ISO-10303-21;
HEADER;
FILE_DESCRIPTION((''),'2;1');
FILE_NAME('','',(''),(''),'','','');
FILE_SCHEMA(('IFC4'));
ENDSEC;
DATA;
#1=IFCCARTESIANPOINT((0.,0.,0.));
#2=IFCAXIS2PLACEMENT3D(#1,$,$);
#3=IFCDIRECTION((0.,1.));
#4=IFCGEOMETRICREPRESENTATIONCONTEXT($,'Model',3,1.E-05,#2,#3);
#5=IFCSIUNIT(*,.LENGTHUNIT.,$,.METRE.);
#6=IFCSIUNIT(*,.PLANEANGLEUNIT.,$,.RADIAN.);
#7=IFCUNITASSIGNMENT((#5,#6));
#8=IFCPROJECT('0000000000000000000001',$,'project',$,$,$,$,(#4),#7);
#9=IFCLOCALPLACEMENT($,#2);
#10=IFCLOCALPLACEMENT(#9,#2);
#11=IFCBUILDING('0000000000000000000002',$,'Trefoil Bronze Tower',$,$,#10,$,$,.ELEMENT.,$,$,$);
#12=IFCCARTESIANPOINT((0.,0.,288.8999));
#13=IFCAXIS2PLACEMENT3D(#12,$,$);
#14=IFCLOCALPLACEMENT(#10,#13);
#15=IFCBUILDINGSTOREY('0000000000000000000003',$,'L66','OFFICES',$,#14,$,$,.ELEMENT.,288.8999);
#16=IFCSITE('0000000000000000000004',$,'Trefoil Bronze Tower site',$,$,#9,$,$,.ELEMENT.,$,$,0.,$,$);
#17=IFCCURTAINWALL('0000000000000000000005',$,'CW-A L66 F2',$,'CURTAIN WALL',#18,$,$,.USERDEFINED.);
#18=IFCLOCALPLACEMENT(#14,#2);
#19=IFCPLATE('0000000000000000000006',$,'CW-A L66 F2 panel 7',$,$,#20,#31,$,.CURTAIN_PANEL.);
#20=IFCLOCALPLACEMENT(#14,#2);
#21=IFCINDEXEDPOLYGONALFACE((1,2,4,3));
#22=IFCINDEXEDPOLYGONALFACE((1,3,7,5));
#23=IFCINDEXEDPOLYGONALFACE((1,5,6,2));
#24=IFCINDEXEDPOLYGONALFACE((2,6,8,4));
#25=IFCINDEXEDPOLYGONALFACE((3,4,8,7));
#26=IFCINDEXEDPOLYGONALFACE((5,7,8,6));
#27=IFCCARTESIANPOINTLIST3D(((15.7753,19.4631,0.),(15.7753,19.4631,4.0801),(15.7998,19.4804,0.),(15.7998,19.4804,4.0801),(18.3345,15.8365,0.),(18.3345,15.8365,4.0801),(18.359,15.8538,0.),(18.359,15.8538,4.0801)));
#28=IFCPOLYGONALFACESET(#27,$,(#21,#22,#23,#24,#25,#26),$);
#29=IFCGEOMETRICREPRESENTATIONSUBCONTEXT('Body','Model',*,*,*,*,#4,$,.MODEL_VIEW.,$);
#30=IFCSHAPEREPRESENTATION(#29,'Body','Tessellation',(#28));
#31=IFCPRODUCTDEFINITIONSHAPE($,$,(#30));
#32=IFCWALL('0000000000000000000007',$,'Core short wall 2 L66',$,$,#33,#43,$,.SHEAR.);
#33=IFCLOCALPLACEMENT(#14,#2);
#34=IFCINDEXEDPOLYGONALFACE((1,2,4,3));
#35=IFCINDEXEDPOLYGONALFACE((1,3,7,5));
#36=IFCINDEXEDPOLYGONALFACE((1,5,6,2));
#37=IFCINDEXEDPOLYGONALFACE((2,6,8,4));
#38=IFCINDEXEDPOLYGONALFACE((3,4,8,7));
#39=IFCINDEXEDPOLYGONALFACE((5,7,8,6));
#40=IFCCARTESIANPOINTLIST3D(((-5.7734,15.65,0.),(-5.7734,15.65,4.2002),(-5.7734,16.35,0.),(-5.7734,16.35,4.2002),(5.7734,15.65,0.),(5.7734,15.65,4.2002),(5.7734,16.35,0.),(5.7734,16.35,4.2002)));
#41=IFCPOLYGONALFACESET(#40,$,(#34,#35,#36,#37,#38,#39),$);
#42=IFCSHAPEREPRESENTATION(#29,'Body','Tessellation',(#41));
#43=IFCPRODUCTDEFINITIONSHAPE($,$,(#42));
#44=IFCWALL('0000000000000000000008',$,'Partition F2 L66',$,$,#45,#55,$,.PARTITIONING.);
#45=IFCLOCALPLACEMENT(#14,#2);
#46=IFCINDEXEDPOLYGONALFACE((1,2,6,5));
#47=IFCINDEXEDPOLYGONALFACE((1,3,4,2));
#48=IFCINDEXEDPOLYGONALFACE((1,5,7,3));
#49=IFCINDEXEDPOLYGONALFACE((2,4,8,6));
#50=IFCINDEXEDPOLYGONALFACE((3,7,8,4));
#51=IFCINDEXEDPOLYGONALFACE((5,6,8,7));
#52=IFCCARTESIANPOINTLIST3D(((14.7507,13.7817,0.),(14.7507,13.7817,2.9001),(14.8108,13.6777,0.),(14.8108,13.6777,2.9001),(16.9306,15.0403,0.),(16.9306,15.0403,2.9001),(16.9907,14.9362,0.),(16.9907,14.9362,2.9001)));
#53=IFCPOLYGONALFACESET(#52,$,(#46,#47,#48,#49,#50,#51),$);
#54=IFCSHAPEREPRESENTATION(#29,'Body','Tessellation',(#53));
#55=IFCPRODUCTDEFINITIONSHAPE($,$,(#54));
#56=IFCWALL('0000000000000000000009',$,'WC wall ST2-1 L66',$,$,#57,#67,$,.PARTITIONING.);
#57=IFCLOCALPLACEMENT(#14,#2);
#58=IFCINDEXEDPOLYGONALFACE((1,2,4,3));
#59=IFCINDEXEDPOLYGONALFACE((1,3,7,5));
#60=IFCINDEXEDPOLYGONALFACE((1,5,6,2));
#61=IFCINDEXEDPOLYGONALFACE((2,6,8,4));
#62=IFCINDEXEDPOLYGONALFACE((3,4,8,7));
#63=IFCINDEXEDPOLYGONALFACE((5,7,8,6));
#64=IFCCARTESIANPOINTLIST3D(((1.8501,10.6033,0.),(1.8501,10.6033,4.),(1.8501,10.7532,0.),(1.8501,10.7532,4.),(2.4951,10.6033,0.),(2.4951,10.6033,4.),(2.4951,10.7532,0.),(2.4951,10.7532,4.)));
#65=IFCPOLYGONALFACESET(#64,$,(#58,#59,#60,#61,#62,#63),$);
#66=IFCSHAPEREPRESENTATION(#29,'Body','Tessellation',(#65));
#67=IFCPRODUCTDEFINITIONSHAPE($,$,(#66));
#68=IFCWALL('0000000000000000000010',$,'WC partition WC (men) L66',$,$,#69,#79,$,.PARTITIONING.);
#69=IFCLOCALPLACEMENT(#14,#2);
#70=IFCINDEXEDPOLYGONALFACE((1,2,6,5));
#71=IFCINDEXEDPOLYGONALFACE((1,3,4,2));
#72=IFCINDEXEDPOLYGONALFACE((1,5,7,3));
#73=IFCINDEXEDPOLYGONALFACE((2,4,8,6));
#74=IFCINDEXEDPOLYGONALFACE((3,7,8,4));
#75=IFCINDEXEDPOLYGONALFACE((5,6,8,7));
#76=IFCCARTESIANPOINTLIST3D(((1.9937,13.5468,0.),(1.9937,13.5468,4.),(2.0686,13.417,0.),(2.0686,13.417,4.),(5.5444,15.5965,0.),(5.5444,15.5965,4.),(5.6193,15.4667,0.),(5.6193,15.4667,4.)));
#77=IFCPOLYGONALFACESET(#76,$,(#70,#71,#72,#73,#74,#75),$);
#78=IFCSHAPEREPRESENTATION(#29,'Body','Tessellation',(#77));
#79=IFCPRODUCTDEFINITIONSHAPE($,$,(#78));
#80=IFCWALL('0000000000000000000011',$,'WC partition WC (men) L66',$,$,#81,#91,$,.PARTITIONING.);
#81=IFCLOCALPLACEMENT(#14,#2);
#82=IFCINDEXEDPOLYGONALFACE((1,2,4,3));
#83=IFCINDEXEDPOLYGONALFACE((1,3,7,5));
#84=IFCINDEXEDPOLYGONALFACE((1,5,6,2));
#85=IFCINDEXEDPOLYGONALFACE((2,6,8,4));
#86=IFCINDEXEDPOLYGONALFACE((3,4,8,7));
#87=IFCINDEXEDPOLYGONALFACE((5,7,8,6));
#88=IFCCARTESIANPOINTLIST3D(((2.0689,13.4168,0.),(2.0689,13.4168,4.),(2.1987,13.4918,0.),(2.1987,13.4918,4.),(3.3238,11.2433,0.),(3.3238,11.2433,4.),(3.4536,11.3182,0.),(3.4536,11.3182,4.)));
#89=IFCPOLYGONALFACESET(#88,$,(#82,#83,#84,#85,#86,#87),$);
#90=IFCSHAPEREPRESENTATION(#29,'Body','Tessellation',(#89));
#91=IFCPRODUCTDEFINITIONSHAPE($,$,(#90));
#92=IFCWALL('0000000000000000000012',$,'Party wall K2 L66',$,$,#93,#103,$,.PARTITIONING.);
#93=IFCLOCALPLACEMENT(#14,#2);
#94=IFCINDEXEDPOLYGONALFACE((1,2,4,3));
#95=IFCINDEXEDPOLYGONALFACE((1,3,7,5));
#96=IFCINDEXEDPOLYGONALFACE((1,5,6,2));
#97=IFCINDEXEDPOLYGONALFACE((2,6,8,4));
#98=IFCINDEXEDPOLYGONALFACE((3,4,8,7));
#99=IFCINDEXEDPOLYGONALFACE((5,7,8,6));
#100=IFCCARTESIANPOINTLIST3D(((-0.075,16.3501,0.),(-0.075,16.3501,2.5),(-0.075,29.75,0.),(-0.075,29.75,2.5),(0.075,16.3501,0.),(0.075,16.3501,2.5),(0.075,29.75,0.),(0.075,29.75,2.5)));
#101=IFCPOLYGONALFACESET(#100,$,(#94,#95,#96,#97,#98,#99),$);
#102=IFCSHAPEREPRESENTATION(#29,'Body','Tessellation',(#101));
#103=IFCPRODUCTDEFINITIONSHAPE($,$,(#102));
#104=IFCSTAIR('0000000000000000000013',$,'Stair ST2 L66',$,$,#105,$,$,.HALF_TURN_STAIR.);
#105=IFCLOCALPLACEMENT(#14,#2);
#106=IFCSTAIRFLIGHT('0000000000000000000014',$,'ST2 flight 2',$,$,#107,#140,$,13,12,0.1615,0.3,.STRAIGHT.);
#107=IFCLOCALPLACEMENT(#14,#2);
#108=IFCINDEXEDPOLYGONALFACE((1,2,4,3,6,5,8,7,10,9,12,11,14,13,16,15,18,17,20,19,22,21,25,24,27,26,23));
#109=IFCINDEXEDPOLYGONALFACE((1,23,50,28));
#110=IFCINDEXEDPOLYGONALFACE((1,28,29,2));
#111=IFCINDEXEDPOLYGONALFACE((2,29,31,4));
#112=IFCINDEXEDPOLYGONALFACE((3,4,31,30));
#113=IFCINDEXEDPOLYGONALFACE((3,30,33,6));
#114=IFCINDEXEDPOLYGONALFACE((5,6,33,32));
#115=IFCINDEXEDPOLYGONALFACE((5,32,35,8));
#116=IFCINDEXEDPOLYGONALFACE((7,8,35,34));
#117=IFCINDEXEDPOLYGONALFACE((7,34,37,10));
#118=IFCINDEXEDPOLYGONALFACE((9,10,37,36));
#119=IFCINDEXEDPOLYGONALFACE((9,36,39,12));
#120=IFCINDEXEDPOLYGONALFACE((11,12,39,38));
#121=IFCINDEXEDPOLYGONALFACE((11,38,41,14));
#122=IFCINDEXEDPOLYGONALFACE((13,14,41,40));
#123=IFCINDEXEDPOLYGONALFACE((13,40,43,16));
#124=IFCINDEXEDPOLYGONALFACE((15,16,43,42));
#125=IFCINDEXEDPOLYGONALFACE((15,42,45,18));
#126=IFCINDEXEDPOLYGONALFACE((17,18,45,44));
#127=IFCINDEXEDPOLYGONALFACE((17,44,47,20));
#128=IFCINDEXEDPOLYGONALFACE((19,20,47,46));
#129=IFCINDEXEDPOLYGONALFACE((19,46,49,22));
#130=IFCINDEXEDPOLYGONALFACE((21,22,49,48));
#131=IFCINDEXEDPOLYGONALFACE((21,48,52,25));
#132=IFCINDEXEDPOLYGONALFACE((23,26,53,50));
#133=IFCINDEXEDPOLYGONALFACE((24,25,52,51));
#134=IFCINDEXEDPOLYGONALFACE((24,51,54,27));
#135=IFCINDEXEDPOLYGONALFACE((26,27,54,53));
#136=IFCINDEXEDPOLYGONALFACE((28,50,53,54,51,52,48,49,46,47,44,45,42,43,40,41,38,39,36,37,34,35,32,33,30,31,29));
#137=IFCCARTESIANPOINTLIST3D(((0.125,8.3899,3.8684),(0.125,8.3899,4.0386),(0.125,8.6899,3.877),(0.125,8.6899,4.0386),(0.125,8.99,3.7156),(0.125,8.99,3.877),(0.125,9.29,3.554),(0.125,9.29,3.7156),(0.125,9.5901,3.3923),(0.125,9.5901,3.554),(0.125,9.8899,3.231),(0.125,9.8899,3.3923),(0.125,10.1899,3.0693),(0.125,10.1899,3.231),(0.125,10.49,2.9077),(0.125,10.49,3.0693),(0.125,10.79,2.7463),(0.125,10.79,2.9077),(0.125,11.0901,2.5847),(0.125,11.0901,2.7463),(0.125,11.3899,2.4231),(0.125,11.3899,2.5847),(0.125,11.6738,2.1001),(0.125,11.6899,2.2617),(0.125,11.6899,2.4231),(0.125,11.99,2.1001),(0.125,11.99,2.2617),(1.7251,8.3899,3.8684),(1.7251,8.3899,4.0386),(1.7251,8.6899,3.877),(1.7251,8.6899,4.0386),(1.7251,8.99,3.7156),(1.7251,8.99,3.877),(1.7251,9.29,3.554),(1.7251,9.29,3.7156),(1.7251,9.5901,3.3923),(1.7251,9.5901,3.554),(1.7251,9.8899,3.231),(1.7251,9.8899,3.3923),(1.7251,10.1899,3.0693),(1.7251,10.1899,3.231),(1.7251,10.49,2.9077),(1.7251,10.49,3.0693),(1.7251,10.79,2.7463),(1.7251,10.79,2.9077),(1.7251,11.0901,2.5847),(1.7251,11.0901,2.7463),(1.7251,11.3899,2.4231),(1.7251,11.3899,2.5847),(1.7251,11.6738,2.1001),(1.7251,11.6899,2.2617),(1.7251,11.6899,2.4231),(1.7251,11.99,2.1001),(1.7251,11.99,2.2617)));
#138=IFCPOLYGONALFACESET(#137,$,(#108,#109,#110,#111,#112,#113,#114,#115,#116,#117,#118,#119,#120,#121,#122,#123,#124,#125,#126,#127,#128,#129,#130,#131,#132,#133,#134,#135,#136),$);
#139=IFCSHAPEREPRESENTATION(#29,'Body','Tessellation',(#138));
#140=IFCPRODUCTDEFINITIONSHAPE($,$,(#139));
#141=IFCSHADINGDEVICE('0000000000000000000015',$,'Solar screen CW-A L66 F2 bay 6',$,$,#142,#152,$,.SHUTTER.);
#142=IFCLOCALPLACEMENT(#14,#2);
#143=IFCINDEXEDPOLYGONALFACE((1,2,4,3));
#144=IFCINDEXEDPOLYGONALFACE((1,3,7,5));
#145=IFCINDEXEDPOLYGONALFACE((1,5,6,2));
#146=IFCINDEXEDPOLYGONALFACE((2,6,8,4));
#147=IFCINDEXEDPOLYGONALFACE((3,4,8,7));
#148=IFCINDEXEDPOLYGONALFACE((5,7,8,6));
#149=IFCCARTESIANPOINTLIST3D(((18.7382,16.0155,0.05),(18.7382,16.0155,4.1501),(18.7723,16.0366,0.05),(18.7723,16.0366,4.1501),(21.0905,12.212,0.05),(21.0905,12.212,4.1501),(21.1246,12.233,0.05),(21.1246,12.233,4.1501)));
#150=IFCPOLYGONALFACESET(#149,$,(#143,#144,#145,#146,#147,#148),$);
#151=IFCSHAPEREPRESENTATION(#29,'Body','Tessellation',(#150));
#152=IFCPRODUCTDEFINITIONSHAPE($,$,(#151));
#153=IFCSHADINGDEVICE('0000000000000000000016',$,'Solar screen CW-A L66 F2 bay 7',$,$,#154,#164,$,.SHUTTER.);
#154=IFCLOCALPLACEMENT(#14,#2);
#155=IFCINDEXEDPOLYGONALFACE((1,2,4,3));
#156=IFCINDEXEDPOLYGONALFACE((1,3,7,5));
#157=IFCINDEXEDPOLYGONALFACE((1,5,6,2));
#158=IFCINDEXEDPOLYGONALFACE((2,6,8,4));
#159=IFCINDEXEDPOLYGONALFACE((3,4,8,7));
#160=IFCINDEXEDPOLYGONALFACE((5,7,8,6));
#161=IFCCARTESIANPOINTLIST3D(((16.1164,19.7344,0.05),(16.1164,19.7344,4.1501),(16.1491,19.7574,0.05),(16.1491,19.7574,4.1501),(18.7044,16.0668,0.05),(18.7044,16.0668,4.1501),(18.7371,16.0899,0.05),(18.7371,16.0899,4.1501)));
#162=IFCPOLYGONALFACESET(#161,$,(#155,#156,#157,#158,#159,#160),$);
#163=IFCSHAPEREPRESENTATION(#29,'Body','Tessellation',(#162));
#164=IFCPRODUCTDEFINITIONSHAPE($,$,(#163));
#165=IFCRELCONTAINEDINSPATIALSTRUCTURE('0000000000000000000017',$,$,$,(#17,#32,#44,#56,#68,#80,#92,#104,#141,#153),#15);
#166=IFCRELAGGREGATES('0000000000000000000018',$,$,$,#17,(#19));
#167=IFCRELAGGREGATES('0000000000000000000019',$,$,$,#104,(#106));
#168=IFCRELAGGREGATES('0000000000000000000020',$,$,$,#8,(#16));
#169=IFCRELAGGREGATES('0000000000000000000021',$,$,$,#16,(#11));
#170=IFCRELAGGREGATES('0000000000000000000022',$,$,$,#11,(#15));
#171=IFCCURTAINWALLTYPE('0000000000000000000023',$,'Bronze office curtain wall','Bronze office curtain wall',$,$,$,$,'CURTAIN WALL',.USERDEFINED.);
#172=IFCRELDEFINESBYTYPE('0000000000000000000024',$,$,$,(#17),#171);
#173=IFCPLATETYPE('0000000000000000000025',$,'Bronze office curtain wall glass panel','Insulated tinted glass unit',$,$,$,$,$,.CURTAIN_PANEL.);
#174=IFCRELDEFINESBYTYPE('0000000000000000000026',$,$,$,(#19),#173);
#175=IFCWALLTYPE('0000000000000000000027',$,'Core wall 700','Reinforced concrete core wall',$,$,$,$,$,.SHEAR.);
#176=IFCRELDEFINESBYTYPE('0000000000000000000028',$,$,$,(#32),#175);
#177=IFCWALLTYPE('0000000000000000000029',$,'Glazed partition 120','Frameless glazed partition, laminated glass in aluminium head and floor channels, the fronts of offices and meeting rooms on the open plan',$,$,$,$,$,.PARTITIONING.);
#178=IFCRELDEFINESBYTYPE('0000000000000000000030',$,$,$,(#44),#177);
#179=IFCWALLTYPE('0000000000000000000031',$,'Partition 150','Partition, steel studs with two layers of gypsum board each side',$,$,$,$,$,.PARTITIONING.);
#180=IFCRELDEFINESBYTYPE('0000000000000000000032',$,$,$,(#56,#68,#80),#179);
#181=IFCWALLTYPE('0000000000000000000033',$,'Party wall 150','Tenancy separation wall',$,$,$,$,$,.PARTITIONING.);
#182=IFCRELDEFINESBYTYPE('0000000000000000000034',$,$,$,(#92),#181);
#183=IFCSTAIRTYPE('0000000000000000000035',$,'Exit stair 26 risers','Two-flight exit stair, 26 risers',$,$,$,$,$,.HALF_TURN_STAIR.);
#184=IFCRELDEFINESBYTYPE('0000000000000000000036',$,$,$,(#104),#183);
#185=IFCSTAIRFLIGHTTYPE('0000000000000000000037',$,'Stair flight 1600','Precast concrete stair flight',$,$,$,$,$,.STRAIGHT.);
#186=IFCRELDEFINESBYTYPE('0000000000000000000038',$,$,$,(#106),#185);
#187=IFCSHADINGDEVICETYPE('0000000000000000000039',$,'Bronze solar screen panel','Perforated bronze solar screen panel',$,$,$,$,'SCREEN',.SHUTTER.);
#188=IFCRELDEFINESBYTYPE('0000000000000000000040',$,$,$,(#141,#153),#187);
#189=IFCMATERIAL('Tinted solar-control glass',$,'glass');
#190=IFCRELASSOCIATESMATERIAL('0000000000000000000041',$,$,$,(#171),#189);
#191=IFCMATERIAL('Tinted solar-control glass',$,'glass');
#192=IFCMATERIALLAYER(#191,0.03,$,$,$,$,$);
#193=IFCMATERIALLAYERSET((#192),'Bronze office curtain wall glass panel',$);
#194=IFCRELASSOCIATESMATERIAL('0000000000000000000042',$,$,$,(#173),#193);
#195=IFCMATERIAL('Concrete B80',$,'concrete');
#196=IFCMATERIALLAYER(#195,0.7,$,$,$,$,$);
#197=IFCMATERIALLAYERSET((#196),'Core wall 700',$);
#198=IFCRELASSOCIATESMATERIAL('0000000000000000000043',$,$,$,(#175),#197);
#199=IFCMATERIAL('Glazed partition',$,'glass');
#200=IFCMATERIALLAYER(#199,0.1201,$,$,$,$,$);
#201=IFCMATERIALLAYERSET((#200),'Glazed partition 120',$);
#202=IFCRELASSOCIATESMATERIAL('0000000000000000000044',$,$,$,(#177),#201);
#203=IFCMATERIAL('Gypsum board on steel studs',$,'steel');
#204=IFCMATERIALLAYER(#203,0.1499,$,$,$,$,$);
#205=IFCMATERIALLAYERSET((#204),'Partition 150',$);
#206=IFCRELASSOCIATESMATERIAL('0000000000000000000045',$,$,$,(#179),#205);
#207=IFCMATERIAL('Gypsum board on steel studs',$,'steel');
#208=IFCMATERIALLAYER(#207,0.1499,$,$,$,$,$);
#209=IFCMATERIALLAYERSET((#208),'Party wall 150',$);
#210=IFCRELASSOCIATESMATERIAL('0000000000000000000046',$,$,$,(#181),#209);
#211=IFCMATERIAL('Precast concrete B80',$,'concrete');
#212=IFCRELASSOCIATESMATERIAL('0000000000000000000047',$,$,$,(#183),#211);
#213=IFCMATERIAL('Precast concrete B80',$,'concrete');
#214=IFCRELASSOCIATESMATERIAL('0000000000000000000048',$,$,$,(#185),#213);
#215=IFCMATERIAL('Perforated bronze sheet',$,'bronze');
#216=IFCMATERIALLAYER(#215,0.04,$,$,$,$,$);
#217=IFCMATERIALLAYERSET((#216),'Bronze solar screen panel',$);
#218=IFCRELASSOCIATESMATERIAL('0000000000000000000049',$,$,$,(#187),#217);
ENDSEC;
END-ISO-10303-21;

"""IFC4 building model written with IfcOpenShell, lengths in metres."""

from ifc_helpers import new_model, si_unit, direction, frame, frame_2d, origin, origin_2d, place, context, subcontext, project, spatial, polyline, rectangle, outline, extrude, material, layer, layer_set, type_object, element, aggregate, save


model = new_model("IFC4")

# Units and contexts
model_context = context("Model", 3, precision=1e-05, world=origin(), true_north=direction((0.0, 1.0)))
body_context = subcontext(model_context, "Body", "Model", "MODEL_VIEW")
ifc_project = project(units=[si_unit("LENGTHUNIT", "METRE"), si_unit("PLANEANGLEUNIT", "RADIAN")], contexts=[model_context])

# Site, building, storey
site_placement = place(None, origin())
site = spatial("IfcSite", under=ifc_project, at=site_placement, Name="Trefoil Bronze Tower site", CompositionType="ELEMENT", RefElevation=0.0)
building_placement = place(site_placement, origin())
building = spatial("IfcBuilding", under=site, at=building_placement, Name="Trefoil Bronze Tower", CompositionType="ELEMENT")
storey_placement = place(building_placement, frame((0.0, 0.0, 288.8999)))
storey = spatial("IfcBuildingStorey", under=building, at=storey_placement, Name="L66", Description="OFFICES", CompositionType="ELEMENT", Elevation=288.8999)

# Curtain wall
ifc_material_1 = material(Name="Tinted solar-control glass", Category="glass")
curtain_wall_type = type_object("IfcCurtainWallType", Name="Bronze office curtain wall", Description="Bronze office curtain wall", ElementType="CURTAIN WALL", PredefinedType="USERDEFINED", material=ifc_material_1)
curtain_wall_placement = place(storey_placement, origin())
curtain_wall = element("IfcCurtainWall", 1, at=curtain_wall_placement, inside=storey, type_object=curtain_wall_type, Name="CW-A L66 F2", ObjectType="CURTAIN WALL", PredefinedType="USERDEFINED")

# Plate
ifc_material_2 = material(Name="Tinted solar-control glass", Category="glass")
ifc_layer_1 = layer(ifc_material_2, 0.03)
ifc_layer_set_1 = layer_set([ifc_layer_1], Name="Bronze office curtain wall glass panel")
plate_type = type_object("IfcPlateType", Name="Bronze office curtain wall glass panel", Description="Insulated tinted glass unit", PredefinedType="CURTAIN_PANEL", material=ifc_layer_set_1)
plate_1_placement = place(storey_placement, frame((17.0671, 17.6584, 0.0), z_axis=(0.0, 0.0, 1.0), x_axis=(-0.576561, 0.817054, 0.0)))
plate_1 = element("IfcPlate", 2, at=plate_1_placement, type_object=plate_type, Name="CW-A L66 F2 panel 7", PredefinedType="CURTAIN_PANEL", context=body_context, shape_type="SweptSolid", body=[
    extrude(rectangle(XDim=4.4387, YDim=0.03, at=origin_2d()), origin(), (0.0, 0.0, 1.0), 4.0801),
])
aggregate(curtain_wall, [plate_1])

# Walls
ifc_material_3 = material(Name="Concrete B80", Category="concrete")
ifc_layer_2 = layer(ifc_material_3, 0.7)
ifc_layer_set_2 = layer_set([ifc_layer_2], Name="Core wall 700")
wall_type_1 = type_object("IfcWallType", Name="Core wall 700", Description="Reinforced concrete core wall", PredefinedType="SHEAR", material=ifc_layer_set_2)
wall_1_placement = place(storey_placement, frame((5.7734, 16.0, 0.0), z_axis=(0.0, 0.0, 1.0), x_axis=(-1.0, 0.0, 0.0)))
element("IfcWall", 3, at=wall_1_placement, inside=storey, type_object=wall_type_1, Name="Core short wall 2 L66", PredefinedType="SHEAR", context=body_context, shape_type="SweptSolid", body=[
    extrude(rectangle(XDim=11.5469, YDim=0.7, at=frame_2d((5.7734, 0.0))), origin(), (0.0, 0.0, 1.0), 4.2002),
])
ifc_material_4 = material(Name="Glazed partition", Category="glass")
ifc_layer_3 = layer(ifc_material_4, 0.1201)
ifc_layer_set_3 = layer_set([ifc_layer_3], Name="Glazed partition 120")
wall_type_2 = type_object("IfcWallType", Name="Glazed partition 120", Description="Frameless glazed partition, laminated glass in aluminium head and floor channels, the fronts of offices and meeting rooms on the open plan", PredefinedType="PARTITIONING", material=ifc_layer_set_3)
wall_2_placement = place(storey_placement, frame((14.7808, 13.7297, 0.0), z_axis=(0.0, 0.0, 1.0), x_axis=(0.866032, 0.499988, 0.0)))
element("IfcWall", 4, at=wall_2_placement, inside=storey, type_object=wall_type_2, Name="Partition F2 L66", PredefinedType="PARTITIONING", context=body_context, shape_type="SweptSolid", body=[
    extrude(rectangle(XDim=2.5171, YDim=0.1201, at=frame_2d((1.2585, 0.0))), origin(), (0.0, 0.0, 1.0), 2.9001),
])
ifc_material_5 = material(Name="Gypsum board on steel studs", Category="steel")
ifc_layer_4 = layer(ifc_material_5, 0.1499)
ifc_layer_set_4 = layer_set([ifc_layer_4], Name="Partition 150")
wall_type_3 = type_object("IfcWallType", Name="Partition 150", Description="Partition, steel studs with two layers of gypsum board each side", PredefinedType="PARTITIONING", material=ifc_layer_set_4)
wall_3_placement = place(storey_placement, frame((2.4951, 10.6782, 0.0), z_axis=(0.0, 0.0, 1.0), x_axis=(-1.0, 0.0, 0.0)))
element("IfcWall", 5, at=wall_3_placement, inside=storey, type_object=wall_type_3, Name="WC wall ST2-1 L66", PredefinedType="PARTITIONING", context=body_context, shape_type="SweptSolid", body=[
    extrude(rectangle(XDim=0.645, YDim=0.1499, at=frame_2d((0.3225, 0.0))), origin(), (0.0, 0.0, 1.0), 4.0),
])
wall_4_placement = place(storey_placement, frame((2.0312, 13.4819, 0.0), z_axis=(0.0, 0.0, 1.0), x_axis=(0.866051, 0.499956, 0.0)))
element("IfcWall", 6, at=wall_4_placement, inside=storey, type_object=wall_type_3, Name="WC partition WC (men) L66", PredefinedType="PARTITIONING", context=body_context, shape_type="SweptSolid", body=[
    extrude(rectangle(XDim=4.0999, YDim=0.1499, at=frame_2d((2.0498, 0.0))), origin(), (0.0, 0.0, 1.0), 4.0),
])
wall_5_placement = place(storey_placement, frame((3.3887, 11.2808, 0.0), z_axis=(0.0, 0.0, 1.0), x_axis=(-0.499989, 0.866032, 0.0)))
element("IfcWall", 7, at=wall_5_placement, inside=storey, type_object=wall_type_3, Name="WC partition WC (men) L66", PredefinedType="PARTITIONING", context=body_context, shape_type="SweptSolid", body=[
    extrude(rectangle(XDim=2.5098, YDim=0.1499, at=frame_2d((1.2549, 0.0))), origin(), (0.0, 0.0, 1.0), 4.0),
])
ifc_material_6 = material(Name="Gypsum board on steel studs", Category="steel")
ifc_layer_5 = layer(ifc_material_6, 0.1499)
ifc_layer_set_5 = layer_set([ifc_layer_5], Name="Party wall 150")
wall_type_4 = type_object("IfcWallType", Name="Party wall 150", Description="Tenancy separation wall", PredefinedType="PARTITIONING", material=ifc_layer_set_5)
wall_6_placement = place(storey_placement, frame((0.0, 16.3501, 0.0), z_axis=(0.0, 0.0, 1.0), x_axis=(0.0, 1.0, 0.0)))
element("IfcWall", 8, at=wall_6_placement, inside=storey, type_object=wall_type_4, Name="Party wall K2 L66", PredefinedType="PARTITIONING", context=body_context, shape_type="SweptSolid", body=[
    extrude(rectangle(XDim=13.3999, YDim=0.1499, at=frame_2d((6.7, 0.0))), origin(), (0.0, 0.0, 1.0), 2.5),
])

# Stair, stair flight
ifc_material_7 = material(Name="Precast concrete B80", Category="concrete")
stair_type = type_object("IfcStairType", Name="Exit stair 26 risers", Description="Two-flight exit stair, 26 risers", PredefinedType="HALF_TURN_STAIR", material=ifc_material_7)
stair_placement = place(storey_placement, origin())
stair = element("IfcStair", 9, at=stair_placement, inside=storey, type_object=stair_type, Name="Stair ST2 L66", PredefinedType="HALF_TURN_STAIR")
ifc_material_8 = material(Name="Precast concrete B80", Category="concrete")
stair_flight_type = type_object("IfcStairFlightType", Name="Stair flight 1600", Description="Precast concrete stair flight", PredefinedType="STRAIGHT", material=ifc_material_8)
stair_flight_placement = place(storey_placement, frame((0.925, 11.99, 2.1001), z_axis=(0.0, 0.0, 1.0), x_axis=(0.0, -1.0, 0.0)))
stair_flight = element("IfcStairFlight", 10, at=stair_flight_placement, type_object=stair_flight_type, Name="ST2 flight 2", NumberOfRisers=13, NumberOfTreads=12, PredefinedType="STRAIGHT", RiserHeight=0.1615, TreadLength=0.3, context=body_context, shape_type="SweptSolid", body=[
    extrude(outline(polyline([(0.0, 0.0), (0.0, 0.1616), (0.3, 0.1616), (0.3, 0.323), (0.6001, 0.323), (0.6001, 0.4846), (0.8999, 0.4846), (0.8999, 0.6462), (1.2, 0.6462), (1.2, 0.8076), (1.5, 0.8076), (1.5, 0.9692), (1.8, 0.9692), (1.8, 1.1309), (2.1001, 1.1309), (2.1001, 1.2922), (2.3999, 1.2922), (2.3999, 1.4539), (2.7, 1.4539), (2.7, 1.6155), (3.0, 1.6155), (3.0, 1.7769), (3.3, 1.7769), (3.3, 1.9385), (3.6001, 1.9385), (3.6001, 2.1001), (3.6001, 1.7683), (0.3162, 0.0), (0.0, 0.0)])), frame((0.0, 0.8, 0.0), z_axis=(0.0, -1.0, 0.0), x_axis=(1.0, 0.0, 0.0)), (0.0, 0.0, 1.0), 1.6001),
])
aggregate(stair, [stair_flight])

# Shading devices
ifc_material_9 = material(Name="Perforated bronze sheet", Category="bronze")
ifc_layer_6 = layer(ifc_material_9, 0.04)
ifc_layer_set_6 = layer_set([ifc_layer_6], Name="Bronze solar screen panel")
shading_device_type = type_object("IfcShadingDeviceType", Name="Bronze solar screen panel", Description="Perforated bronze solar screen panel", ElementType="SCREEN", PredefinedType="SHUTTER", material=ifc_layer_set_6)
shading_device_1_placement = place(storey_placement, frame((19.9314, 14.1243, 0.05), z_axis=(0.0, 0.0, 1.0), x_axis=(-0.52598, 0.850497, 0.0)))
element("IfcShadingDevice", 11, at=shading_device_1_placement, inside=storey, type_object=shading_device_type, Name="Solar screen CW-A L66 F2 bay 6", PredefinedType="SHUTTER", context=body_context, shape_type="SweptSolid", body=[
    extrude(rectangle(XDim=4.4722, YDim=0.04, at=origin_2d()), origin(), (0.0, 0.0, 1.0), 4.1001),
])
shading_device_2_placement = place(storey_placement, frame((17.4268, 17.9121, 0.05), z_axis=(0.0, 0.0, 1.0), x_axis=(-0.576561, 0.817054, 0.0)))
element("IfcShadingDevice", 12, at=shading_device_2_placement, inside=storey, type_object=shading_device_type, Name="Solar screen CW-A L66 F2 bay 7", PredefinedType="SHUTTER", context=body_context, shape_type="SweptSolid", body=[
    extrude(rectangle(XDim=4.4888, YDim=0.04, at=origin_2d()), origin(), (0.0, 0.0, 1.0), 4.1001),
])

save(model, "model.ifc")
